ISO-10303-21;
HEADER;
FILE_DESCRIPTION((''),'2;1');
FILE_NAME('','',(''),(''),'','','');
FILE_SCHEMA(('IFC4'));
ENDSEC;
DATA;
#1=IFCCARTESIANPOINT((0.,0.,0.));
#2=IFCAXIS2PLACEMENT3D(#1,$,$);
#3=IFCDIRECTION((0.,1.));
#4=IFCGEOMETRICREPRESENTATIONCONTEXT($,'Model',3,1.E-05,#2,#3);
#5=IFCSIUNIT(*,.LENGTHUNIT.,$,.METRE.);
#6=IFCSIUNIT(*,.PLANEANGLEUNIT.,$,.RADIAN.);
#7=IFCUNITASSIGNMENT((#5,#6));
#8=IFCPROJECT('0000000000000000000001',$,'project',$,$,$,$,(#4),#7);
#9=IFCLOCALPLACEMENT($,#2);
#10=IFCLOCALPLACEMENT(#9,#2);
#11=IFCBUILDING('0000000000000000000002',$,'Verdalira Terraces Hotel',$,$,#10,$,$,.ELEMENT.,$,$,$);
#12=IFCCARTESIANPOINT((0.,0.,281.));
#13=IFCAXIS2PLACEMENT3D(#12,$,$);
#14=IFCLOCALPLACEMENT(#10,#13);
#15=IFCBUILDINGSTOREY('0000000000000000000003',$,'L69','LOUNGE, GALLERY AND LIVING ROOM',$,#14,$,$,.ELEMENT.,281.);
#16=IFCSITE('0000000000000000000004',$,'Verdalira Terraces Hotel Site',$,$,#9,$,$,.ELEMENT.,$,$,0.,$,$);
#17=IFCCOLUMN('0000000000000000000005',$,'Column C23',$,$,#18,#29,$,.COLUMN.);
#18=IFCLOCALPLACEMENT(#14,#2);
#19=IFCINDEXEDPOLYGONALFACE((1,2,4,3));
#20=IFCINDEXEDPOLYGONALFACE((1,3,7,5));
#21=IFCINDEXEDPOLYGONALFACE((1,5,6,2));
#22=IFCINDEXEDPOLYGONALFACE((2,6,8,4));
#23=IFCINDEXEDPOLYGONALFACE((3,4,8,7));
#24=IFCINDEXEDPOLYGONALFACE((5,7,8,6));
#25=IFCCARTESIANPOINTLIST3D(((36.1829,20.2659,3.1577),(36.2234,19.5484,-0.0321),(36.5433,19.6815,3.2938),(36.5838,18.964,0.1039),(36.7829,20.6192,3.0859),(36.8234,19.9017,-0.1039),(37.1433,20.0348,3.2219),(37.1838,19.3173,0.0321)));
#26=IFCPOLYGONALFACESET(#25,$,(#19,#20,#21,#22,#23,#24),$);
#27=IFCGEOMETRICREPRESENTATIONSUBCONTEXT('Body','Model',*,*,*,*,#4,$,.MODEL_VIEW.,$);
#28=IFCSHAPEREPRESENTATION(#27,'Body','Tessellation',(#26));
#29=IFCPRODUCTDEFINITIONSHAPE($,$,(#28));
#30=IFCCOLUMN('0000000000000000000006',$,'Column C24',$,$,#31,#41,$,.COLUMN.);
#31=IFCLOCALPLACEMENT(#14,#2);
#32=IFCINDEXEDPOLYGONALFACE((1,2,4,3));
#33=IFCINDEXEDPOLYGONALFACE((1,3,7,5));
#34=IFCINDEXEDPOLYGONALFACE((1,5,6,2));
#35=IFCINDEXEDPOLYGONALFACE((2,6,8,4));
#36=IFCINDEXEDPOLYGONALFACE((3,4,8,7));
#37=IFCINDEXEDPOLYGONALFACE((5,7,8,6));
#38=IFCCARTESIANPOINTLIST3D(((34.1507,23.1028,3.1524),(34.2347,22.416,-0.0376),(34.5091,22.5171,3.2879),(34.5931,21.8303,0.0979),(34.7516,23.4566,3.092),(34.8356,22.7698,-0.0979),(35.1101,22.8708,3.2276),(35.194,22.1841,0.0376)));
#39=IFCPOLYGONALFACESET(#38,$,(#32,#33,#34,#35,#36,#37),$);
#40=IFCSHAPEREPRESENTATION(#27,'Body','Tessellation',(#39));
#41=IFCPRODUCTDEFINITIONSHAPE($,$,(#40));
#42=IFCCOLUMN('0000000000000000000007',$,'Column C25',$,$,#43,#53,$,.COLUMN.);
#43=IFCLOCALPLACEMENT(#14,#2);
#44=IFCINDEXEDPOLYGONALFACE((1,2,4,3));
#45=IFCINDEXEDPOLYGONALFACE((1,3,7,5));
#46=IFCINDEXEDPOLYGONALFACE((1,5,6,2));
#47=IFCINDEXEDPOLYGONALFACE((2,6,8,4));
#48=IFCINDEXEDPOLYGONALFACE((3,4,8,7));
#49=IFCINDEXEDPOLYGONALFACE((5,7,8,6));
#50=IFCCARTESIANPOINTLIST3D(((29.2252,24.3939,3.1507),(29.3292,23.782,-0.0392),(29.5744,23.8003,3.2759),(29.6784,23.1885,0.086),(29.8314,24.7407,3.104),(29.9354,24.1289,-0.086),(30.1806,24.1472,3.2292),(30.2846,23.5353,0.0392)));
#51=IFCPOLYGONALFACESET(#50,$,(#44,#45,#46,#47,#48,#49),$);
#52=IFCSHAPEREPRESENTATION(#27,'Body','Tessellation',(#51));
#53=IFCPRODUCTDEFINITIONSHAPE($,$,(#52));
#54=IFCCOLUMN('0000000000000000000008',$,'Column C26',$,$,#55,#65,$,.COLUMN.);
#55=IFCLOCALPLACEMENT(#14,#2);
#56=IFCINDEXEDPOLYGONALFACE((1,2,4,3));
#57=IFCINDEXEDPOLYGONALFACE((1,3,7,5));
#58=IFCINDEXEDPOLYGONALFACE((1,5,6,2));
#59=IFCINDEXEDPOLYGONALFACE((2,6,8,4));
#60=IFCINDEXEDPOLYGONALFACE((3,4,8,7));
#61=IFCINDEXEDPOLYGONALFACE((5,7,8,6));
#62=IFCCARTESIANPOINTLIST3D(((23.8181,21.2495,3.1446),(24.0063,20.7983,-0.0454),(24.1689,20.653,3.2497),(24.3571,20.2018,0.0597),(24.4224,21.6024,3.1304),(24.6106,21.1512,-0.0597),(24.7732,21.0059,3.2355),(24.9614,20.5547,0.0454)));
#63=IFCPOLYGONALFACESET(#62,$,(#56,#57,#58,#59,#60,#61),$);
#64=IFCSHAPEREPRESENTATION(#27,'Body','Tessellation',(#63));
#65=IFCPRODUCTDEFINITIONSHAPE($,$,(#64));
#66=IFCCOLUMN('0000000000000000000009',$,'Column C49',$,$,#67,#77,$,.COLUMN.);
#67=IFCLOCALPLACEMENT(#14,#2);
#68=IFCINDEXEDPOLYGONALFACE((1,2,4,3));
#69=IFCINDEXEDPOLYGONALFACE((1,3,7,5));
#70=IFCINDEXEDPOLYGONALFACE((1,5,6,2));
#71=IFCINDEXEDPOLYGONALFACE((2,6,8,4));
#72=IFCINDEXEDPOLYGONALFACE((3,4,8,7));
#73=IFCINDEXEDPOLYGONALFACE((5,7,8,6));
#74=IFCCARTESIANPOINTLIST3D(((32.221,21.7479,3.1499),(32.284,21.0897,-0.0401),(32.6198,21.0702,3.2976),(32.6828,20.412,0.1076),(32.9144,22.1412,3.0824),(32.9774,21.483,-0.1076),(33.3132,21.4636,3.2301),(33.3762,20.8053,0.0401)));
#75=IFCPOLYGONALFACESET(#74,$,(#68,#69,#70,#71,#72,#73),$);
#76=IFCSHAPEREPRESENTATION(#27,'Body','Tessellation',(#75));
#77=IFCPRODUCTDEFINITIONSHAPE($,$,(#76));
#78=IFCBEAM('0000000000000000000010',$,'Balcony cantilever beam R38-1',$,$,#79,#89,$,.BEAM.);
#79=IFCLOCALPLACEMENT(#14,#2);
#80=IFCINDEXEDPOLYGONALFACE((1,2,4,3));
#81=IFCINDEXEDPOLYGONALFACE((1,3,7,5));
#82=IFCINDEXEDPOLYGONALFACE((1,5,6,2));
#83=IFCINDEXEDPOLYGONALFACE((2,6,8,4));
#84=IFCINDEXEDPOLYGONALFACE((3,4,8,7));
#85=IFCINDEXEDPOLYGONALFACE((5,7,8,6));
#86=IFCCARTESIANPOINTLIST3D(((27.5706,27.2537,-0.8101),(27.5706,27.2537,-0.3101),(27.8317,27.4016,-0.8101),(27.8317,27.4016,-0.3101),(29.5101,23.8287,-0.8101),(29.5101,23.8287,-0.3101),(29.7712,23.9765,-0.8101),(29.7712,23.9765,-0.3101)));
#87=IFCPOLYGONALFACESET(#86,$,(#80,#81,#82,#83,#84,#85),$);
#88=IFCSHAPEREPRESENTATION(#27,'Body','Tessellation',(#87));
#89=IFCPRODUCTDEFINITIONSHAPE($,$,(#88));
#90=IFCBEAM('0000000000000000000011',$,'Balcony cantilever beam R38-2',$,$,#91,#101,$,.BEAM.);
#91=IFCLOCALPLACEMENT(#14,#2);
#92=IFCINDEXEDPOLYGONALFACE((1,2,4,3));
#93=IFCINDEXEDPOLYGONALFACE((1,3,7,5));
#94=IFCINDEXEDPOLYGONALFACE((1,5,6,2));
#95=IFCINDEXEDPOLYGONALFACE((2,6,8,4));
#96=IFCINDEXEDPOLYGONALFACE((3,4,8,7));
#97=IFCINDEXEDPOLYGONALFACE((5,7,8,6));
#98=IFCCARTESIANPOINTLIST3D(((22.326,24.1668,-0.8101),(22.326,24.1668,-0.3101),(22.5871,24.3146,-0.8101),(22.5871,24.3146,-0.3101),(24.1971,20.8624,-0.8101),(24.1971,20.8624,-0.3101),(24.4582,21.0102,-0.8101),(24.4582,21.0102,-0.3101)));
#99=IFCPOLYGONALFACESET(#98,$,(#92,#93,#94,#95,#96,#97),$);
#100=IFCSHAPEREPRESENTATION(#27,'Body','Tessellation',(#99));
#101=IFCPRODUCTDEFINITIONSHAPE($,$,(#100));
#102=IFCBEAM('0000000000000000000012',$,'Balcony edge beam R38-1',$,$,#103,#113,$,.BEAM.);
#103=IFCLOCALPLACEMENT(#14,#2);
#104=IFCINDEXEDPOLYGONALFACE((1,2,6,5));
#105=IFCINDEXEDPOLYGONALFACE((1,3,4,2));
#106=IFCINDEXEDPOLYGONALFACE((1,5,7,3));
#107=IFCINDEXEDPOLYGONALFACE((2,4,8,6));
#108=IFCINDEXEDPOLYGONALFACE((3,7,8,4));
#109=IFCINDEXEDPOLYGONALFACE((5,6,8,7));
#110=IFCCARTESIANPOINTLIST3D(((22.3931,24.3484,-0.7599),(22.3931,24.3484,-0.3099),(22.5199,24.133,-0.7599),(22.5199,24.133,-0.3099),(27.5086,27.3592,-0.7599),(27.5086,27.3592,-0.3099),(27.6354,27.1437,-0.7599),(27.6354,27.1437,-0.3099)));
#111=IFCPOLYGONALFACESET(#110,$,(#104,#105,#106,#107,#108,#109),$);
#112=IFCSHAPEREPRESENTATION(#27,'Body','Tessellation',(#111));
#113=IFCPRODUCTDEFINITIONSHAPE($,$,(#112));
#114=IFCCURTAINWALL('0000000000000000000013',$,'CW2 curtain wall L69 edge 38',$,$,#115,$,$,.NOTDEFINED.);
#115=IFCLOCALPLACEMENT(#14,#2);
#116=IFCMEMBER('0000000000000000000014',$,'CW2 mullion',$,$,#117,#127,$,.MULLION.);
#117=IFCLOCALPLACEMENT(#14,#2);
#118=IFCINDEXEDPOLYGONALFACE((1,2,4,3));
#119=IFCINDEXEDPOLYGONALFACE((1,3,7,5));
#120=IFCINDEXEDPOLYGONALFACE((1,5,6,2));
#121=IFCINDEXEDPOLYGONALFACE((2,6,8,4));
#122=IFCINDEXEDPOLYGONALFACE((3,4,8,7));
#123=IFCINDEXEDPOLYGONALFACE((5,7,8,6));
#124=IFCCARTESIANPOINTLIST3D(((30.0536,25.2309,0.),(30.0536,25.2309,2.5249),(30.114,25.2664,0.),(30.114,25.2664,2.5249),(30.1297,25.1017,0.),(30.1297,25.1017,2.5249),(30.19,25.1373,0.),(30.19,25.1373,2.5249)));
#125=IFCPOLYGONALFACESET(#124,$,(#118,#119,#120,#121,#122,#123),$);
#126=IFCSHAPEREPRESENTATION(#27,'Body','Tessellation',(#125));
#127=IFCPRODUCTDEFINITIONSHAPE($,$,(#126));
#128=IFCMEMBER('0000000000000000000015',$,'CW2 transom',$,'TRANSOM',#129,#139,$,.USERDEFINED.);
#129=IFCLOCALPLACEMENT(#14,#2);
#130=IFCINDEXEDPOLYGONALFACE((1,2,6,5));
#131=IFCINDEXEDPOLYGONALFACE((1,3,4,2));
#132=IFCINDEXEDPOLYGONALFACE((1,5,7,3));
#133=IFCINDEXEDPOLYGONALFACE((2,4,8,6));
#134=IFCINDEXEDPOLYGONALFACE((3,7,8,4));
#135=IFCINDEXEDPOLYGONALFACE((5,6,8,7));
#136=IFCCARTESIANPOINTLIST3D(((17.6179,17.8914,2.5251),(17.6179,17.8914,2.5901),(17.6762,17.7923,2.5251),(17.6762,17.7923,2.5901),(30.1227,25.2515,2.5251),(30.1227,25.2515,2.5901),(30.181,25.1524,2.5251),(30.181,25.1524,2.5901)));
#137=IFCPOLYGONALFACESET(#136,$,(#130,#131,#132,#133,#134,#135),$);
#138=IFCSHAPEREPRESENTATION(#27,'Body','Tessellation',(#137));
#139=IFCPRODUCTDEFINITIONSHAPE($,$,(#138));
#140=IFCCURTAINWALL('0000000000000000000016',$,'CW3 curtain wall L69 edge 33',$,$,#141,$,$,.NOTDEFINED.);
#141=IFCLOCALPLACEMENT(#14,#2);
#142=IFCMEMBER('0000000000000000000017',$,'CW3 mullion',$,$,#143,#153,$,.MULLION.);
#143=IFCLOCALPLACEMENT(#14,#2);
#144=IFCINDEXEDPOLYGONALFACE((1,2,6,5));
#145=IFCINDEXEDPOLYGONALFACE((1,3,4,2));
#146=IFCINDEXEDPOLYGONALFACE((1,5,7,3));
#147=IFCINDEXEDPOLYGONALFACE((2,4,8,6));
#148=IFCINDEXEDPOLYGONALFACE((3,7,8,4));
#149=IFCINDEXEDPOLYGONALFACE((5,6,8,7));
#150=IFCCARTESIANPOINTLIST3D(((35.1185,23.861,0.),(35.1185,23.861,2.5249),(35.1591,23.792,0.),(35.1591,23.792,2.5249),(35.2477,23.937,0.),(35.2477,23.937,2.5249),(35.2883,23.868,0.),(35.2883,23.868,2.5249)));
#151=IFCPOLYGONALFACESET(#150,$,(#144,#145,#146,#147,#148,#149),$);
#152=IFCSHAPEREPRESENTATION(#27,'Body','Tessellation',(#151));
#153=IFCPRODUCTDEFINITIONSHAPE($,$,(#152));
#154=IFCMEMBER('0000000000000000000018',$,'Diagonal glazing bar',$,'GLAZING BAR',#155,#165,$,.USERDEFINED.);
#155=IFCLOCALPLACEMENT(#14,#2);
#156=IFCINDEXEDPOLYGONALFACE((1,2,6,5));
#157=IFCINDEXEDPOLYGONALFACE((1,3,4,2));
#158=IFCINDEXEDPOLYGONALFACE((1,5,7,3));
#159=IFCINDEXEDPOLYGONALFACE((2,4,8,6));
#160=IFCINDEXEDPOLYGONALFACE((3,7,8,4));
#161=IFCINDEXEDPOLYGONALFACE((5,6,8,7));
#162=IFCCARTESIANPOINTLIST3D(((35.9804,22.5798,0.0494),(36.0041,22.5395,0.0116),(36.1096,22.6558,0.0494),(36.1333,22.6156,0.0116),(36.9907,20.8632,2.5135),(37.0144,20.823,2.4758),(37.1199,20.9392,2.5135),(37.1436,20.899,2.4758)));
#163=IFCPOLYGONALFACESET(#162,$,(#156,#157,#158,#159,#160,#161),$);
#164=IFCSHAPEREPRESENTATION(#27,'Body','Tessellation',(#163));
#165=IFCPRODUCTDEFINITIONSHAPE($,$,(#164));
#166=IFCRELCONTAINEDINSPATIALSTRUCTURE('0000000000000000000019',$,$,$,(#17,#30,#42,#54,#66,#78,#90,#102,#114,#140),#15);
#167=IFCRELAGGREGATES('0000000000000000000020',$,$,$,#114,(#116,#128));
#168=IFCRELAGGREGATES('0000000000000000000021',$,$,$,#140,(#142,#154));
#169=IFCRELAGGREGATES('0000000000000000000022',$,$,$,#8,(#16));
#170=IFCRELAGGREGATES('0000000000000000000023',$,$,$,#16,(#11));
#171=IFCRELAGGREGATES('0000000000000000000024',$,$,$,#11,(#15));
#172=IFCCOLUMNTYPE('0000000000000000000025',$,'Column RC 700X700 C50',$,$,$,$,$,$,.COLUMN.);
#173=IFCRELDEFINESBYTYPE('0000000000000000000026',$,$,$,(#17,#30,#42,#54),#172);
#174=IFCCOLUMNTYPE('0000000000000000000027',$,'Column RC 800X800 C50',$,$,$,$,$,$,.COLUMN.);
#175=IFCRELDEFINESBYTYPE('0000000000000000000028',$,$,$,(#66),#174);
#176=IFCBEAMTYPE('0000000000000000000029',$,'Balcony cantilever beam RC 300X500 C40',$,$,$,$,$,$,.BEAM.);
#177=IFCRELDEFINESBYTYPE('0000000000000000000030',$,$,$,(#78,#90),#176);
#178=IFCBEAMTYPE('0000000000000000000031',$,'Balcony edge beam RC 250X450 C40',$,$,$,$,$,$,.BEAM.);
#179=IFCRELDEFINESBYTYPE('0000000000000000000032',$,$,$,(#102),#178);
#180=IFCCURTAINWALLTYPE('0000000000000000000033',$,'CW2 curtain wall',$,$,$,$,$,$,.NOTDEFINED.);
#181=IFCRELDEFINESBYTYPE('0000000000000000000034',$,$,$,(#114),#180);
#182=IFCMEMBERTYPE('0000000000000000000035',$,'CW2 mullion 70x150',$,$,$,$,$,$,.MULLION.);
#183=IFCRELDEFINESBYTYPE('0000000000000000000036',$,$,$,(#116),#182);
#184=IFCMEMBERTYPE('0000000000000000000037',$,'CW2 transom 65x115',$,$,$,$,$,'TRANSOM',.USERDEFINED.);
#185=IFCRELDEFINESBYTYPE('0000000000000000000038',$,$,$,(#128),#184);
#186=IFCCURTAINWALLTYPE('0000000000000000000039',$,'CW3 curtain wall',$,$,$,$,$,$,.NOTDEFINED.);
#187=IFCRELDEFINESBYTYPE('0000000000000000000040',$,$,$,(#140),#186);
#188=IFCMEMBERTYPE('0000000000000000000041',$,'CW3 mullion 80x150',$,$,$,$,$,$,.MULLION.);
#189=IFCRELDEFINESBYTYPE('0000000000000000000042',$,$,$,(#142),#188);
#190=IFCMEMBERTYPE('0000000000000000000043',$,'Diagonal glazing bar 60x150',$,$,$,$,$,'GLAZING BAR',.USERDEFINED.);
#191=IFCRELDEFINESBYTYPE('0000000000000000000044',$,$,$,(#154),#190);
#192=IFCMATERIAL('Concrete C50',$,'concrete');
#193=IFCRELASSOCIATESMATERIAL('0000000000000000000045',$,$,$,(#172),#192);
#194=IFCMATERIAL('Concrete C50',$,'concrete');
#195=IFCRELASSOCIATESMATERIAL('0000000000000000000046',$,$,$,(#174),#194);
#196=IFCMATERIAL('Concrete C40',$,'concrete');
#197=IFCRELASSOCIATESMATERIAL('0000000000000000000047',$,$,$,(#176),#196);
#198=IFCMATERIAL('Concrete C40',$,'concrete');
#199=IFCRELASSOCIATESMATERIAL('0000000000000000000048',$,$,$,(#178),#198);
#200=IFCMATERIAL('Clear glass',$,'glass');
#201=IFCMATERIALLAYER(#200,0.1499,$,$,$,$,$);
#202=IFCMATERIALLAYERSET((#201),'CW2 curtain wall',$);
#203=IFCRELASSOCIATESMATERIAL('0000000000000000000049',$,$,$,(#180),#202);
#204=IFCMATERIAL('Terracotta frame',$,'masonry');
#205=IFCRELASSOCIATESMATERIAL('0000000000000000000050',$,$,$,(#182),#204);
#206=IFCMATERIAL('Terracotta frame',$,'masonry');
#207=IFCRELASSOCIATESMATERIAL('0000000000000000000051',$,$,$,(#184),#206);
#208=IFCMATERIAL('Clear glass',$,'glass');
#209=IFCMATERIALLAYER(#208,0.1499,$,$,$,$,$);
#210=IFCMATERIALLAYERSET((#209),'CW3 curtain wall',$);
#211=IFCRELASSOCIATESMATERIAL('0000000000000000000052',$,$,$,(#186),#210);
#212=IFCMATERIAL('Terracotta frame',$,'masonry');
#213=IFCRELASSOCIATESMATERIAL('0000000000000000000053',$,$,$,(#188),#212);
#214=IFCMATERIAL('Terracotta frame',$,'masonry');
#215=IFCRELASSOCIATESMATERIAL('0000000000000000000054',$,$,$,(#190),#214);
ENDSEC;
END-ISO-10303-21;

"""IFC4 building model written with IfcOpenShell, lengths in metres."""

from ifc_helpers import new_model, si_unit, direction, frame, origin, origin_2d, place, context, subcontext, project, spatial, rectangle, extrude, material, layer, layer_set, material_profile, profile_set, type_object, element, aggregate, save


model = new_model("IFC4")

# Units and contexts
model_context = context("Model", 3, precision=1e-05, world=origin(), true_north=direction((0.0, 1.0)))
body_context = subcontext(model_context, "Body", "Model", "MODEL_VIEW")
ifc_project = project(units=[si_unit("LENGTHUNIT", "METRE"), si_unit("PLANEANGLEUNIT", "RADIAN")], contexts=[model_context])

# Site, building, storey
site_placement = place(None, origin())
site = spatial("IfcSite", under=ifc_project, at=site_placement, Name="Verdalira Terraces Hotel Site", CompositionType="ELEMENT", RefElevation=0.0)
building_placement = place(site_placement, origin())
building = spatial("IfcBuilding", under=site, at=building_placement, Name="Verdalira Terraces Hotel", CompositionType="ELEMENT")
storey_placement = place(building_placement, frame((0.0, 0.0, 281.0)))
storey = spatial("IfcBuildingStorey", under=building, at=storey_placement, Name="L69", Description="LOUNGE, GALLERY AND LIVING ROOM", CompositionType="ELEMENT", Elevation=281.0)

# Columns
ifc_material_1 = material(Name="Concrete C50", Category="concrete")
ifc_material_profile_1 = material_profile(ifc_material_1, rectangle(XDim=0.7, YDim=0.7, at=origin_2d()), Name="RC 700X700")
ifc_profile_set_1 = profile_set([ifc_material_profile_1], Name="Concrete C50")
column_type_1 = type_object("IfcColumnType", Name="Column RC 700X700 C50", PredefinedType="COLUMN", material=ifc_profile_set_1)
column_1_placement = place(storey_placement, frame((36.7036, 19.4329, 0.0), z_axis=(-0.012394, 0.219435, 0.975548), x_axis=(-0.514874, 0.834945, -0.19435)))
element("IfcColumn", 1, at=column_1_placement, inside=storey, type_object=column_type_1, Name="Column C23", PredefinedType="COLUMN", context=body_context, shape_type="SweptSolid", body=[
    extrude(rectangle(XDim=0.7, YDim=0.7, at=origin_2d()), origin(), (0.0, 0.0, 1.0), 3.2698),
])
column_2_placement = place(storey_placement, frame((34.7144, 22.3, 0.0), z_axis=(-0.02573, 0.210399, 0.977277), x_axis=(-0.512058, 0.836838, -0.193646)))
element("IfcColumn", 2, at=column_2_placement, inside=storey, type_object=column_type_1, Name="Column C24", PredefinedType="COLUMN", context=body_context, shape_type="SweptSolid", body=[
    extrude(rectangle(XDim=0.7, YDim=0.7, at=origin_2d()), origin(), (0.0, 0.0, 1.0), 3.2642),
])
column_3_placement = place(storey_placement, frame((29.8069, 23.6587, 0.0), z_axis=(-0.032004, 0.188266, 0.981597), x_axis=(-0.866039, -0.495494, 0.066797)))
element("IfcColumn", 3, at=column_3_placement, inside=storey, type_object=column_type_1, Name="Column C25", PredefinedType="COLUMN", context=body_context, shape_type="SweptSolid", body=[
    extrude(rectangle(XDim=0.7, YDim=0.7, at=origin_2d()), origin(), (0.0, 0.0, 1.0), 3.2498),
])
column_4_placement = place(storey_placement, frame((24.4839, 20.6765, 0.0), z_axis=(-0.058327, 0.139804, 0.98846), x_axis=(-0.86337, -0.504161, 0.020361)))
element("IfcColumn", 4, at=column_4_placement, inside=storey, type_object=column_type_1, Name="Column C26", PredefinedType="COLUMN", context=body_context, shape_type="SweptSolid", body=[
    extrude(rectangle(XDim=0.7, YDim=0.7, at=origin_2d()), origin(), (0.0, 0.0, 1.0), 3.2273),
])
ifc_material_2 = material(Name="Concrete C50", Category="concrete")
ifc_material_profile_2 = material_profile(ifc_material_2, rectangle(XDim=0.8, YDim=0.8, at=origin_2d()), Name="RC 800X800")
ifc_profile_set_2 = profile_set([ifc_material_profile_2], Name="Concrete C50")
column_type_2 = type_object("IfcColumnType", Name="Column RC 800X800 C50", PredefinedType="COLUMN", material=ifc_profile_set_2)
column_5_placement = place(storey_placement, frame((32.8301, 20.9475, 0.0), z_axis=(-0.019335, 0.202042, 0.979186), x_axis=(0.866707, 0.491638, -0.084329)))
element("IfcColumn", 5, at=column_5_placement, inside=storey, type_object=column_type_2, Name="Column C49", PredefinedType="COLUMN", context=body_context, shape_type="SweptSolid", body=[
    extrude(rectangle(XDim=0.8, YDim=0.8, at=origin_2d()), origin(), (0.0, 0.0, 1.0), 3.2578),
])

# Beams
ifc_material_3 = material(Name="Concrete C40", Category="concrete")
ifc_material_profile_3 = material_profile(ifc_material_3, rectangle(XDim=0.3, YDim=0.5, at=origin_2d()), Name="RC 300X500")
ifc_profile_set_3 = profile_set([ifc_material_profile_3], Name="Concrete C40")
beam_type_1 = type_object("IfcBeamType", Name="Balcony cantilever beam RC 300X500 C40", PredefinedType="BEAM", material=ifc_profile_set_3)
beam_1_placement = place(storey_placement, frame((29.6406, 23.9026, -0.5601), z_axis=(-0.492742, 0.870176, 0.0), x_axis=(-0.870176, -0.492742, 0.0)))
element("IfcBeam", 6, at=beam_1_placement, inside=storey, type_object=beam_type_1, Name="Balcony cantilever beam R38-1", PredefinedType="BEAM", context=body_context, shape_type="SweptSolid", body=[
    extrude(rectangle(XDim=0.3, YDim=0.5, at=origin_2d()), origin(), (0.0, 0.0, 1.0), 3.936),
])
beam_2_placement = place(storey_placement, frame((24.3276, 20.9363, -0.5601), z_axis=(-0.492729, 0.870183, 0.0), x_axis=(-0.870183, -0.492729, 0.0)))
element("IfcBeam", 7, at=beam_2_placement, inside=storey, type_object=beam_type_1, Name="Balcony cantilever beam R38-2", PredefinedType="BEAM", context=body_context, shape_type="SweptSolid", body=[
    extrude(rectangle(XDim=0.3, YDim=0.5, at=origin_2d()), origin(), (0.0, 0.0, 1.0), 3.7974),
])
ifc_material_4 = material(Name="Concrete C40", Category="concrete")
ifc_material_profile_4 = material_profile(ifc_material_4, rectangle(XDim=0.25, YDim=0.45, at=origin_2d()), Name="RC 250X450")
ifc_profile_set_4 = profile_set([ifc_material_profile_4], Name="Concrete C40")
beam_type_2 = type_object("IfcBeamType", Name="Balcony edge beam RC 250X450 C40", PredefinedType="BEAM", material=ifc_profile_set_4)
beam_3_placement = place(storey_placement, frame((27.572, 27.2515, -0.5349), z_axis=(-0.861814, -0.507225, 0.0), x_axis=(0.507225, -0.861814, 0.0)))
element("IfcBeam", 8, at=beam_3_placement, inside=storey, type_object=beam_type_2, Name="Balcony edge beam R38-1", PredefinedType="BEAM", context=body_context, shape_type="SweptSolid", body=[
    extrude(rectangle(XDim=0.25, YDim=0.45, at=origin_2d()), origin(), (0.0, 0.0, 1.0), 5.9358),
])

# Curtain walls, members
ifc_material_5 = material(Name="Clear glass", Category="glass")
ifc_layer_1 = layer(ifc_material_5, 0.1499)
ifc_layer_set_1 = layer_set([ifc_layer_1], Name="CW2 curtain wall")
curtain_wall_type_1 = type_object("IfcCurtainWallType", Name="CW2 curtain wall", PredefinedType="NOTDEFINED", material=ifc_layer_set_1)
curtain_wall_1_placement = place(storey_placement, origin())
curtain_wall_1 = element("IfcCurtainWall", 9, at=curtain_wall_1_placement, inside=storey, type_object=curtain_wall_type_1, Name="CW2 curtain wall L69 edge 38", PredefinedType="NOTDEFINED")
ifc_material_6 = material(Name="Terracotta frame", Category="masonry")
ifc_material_profile_5 = material_profile(ifc_material_6, rectangle(XDim=0.0701, YDim=0.1499, at=origin_2d()), Name="MU 70x150")
ifc_profile_set_5 = profile_set([ifc_material_profile_5], Name="Terracotta frame")
member_type_1 = type_object("IfcMemberType", Name="CW2 mullion 70x150", PredefinedType="MULLION", material=ifc_profile_set_5)
member_1_placement = place(storey_placement, frame((30.1218, 25.1841, 0.0), z_axis=(0.0, 0.0, 1.0), x_axis=(-0.861806, -0.507238, 0.0)))
member_1 = element("IfcMember", 10, at=member_1_placement, type_object=member_type_1, Name="CW2 mullion", PredefinedType="MULLION", context=body_context, shape_type="SweptSolid", body=[
    extrude(rectangle(XDim=0.0701, YDim=0.1499, at=origin_2d()), origin(), (0.0, 0.0, 1.0), 2.5249),
])
ifc_material_7 = material(Name="Terracotta frame", Category="masonry")
ifc_material_profile_6 = material_profile(ifc_material_7, rectangle(XDim=0.115, YDim=0.0649, at=origin_2d()), Name="TR 65x115")
ifc_profile_set_6 = profile_set([ifc_material_profile_6], Name="Terracotta frame")
member_type_2 = type_object("IfcMemberType", Name="CW2 transom 65x115", ElementType="TRANSOM", PredefinedType="USERDEFINED", material=ifc_profile_set_6)
member_2_placement = place(storey_placement, frame((30.1519, 25.2019, 2.5576), z_axis=(-0.861805, -0.50724, 0.0), x_axis=(0.50724, -0.861805, 0.0)))
member_2 = element("IfcMember", 11, at=member_2_placement, type_object=member_type_2, Name="CW2 transom", ObjectType="TRANSOM", PredefinedType="USERDEFINED", context=body_context, shape_type="SweptSolid", body=[
    extrude(rectangle(XDim=0.115, YDim=0.0649, at=origin_2d()), origin(), (0.0, 0.0, 1.0), 14.51),
])
aggregate(curtain_wall_1, [member_1, member_2])
ifc_material_8 = material(Name="Clear glass", Category="glass")
ifc_layer_2 = layer(ifc_material_8, 0.1499)
ifc_layer_set_2 = layer_set([ifc_layer_2], Name="CW3 curtain wall")
curtain_wall_type_2 = type_object("IfcCurtainWallType", Name="CW3 curtain wall", PredefinedType="NOTDEFINED", material=ifc_layer_set_2)
curtain_wall_2_placement = place(storey_placement, origin())
curtain_wall_2 = element("IfcCurtainWall", 12, at=curtain_wall_2_placement, inside=storey, type_object=curtain_wall_type_2, Name="CW3 curtain wall L69 edge 33", PredefinedType="NOTDEFINED")
ifc_material_9 = material(Name="Terracotta frame", Category="masonry")
ifc_material_profile_7 = material_profile(ifc_material_9, rectangle(XDim=0.0801, YDim=0.1499, at=origin_2d()), Name="MU 80x150")
ifc_profile_set_7 = profile_set([ifc_material_profile_7], Name="Terracotta frame")
member_type_3 = type_object("IfcMemberType", Name="CW3 mullion 80x150", PredefinedType="MULLION", material=ifc_profile_set_7)
member_3_placement = place(storey_placement, frame((35.2034, 23.8645, 0.0), z_axis=(0.0, 0.0, 1.0), x_axis=(-0.507238, 0.861806, 0.0)))
member_3 = element("IfcMember", 13, at=member_3_placement, type_object=member_type_3, Name="CW3 mullion", PredefinedType="MULLION", context=body_context, shape_type="SweptSolid", body=[
    extrude(rectangle(XDim=0.0801, YDim=0.1499, at=origin_2d()), origin(), (0.0, 0.0, 1.0), 2.5249),
])
ifc_material_10 = material(Name="Terracotta frame", Category="masonry")
ifc_material_profile_8 = material_profile(ifc_material_10, rectangle(XDim=0.1499, YDim=0.0601, at=origin_2d()), Name="GB 60x150")
ifc_profile_set_8 = profile_set([ifc_material_profile_8], Name="Terracotta frame")
member_type_4 = type_object("IfcMemberType", Name="Diagonal glazing bar 60x150", ElementType="GLAZING BAR", PredefinedType="USERDEFINED", material=ifc_profile_set_8)
member_4_placement = place(storey_placement, frame((37.0671, 20.8811, 2.4946), z_axis=(-0.318849, 0.541766, -0.777705), x_axis=(-0.861821, -0.507213, 0.0)))
member_4 = element("IfcMember", 14, at=member_4_placement, type_object=member_type_4, Name="Diagonal glazing bar", ObjectType="GLAZING BAR", PredefinedType="USERDEFINED", context=body_context, shape_type="SweptSolid", body=[
    extrude(rectangle(XDim=0.1499, YDim=0.0601, at=origin_2d()), origin(), (0.0, 0.0, 1.0), 3.1685),
])

aggregate(curtain_wall_2, [member_3, member_4])

save(model, "model.ifc")
